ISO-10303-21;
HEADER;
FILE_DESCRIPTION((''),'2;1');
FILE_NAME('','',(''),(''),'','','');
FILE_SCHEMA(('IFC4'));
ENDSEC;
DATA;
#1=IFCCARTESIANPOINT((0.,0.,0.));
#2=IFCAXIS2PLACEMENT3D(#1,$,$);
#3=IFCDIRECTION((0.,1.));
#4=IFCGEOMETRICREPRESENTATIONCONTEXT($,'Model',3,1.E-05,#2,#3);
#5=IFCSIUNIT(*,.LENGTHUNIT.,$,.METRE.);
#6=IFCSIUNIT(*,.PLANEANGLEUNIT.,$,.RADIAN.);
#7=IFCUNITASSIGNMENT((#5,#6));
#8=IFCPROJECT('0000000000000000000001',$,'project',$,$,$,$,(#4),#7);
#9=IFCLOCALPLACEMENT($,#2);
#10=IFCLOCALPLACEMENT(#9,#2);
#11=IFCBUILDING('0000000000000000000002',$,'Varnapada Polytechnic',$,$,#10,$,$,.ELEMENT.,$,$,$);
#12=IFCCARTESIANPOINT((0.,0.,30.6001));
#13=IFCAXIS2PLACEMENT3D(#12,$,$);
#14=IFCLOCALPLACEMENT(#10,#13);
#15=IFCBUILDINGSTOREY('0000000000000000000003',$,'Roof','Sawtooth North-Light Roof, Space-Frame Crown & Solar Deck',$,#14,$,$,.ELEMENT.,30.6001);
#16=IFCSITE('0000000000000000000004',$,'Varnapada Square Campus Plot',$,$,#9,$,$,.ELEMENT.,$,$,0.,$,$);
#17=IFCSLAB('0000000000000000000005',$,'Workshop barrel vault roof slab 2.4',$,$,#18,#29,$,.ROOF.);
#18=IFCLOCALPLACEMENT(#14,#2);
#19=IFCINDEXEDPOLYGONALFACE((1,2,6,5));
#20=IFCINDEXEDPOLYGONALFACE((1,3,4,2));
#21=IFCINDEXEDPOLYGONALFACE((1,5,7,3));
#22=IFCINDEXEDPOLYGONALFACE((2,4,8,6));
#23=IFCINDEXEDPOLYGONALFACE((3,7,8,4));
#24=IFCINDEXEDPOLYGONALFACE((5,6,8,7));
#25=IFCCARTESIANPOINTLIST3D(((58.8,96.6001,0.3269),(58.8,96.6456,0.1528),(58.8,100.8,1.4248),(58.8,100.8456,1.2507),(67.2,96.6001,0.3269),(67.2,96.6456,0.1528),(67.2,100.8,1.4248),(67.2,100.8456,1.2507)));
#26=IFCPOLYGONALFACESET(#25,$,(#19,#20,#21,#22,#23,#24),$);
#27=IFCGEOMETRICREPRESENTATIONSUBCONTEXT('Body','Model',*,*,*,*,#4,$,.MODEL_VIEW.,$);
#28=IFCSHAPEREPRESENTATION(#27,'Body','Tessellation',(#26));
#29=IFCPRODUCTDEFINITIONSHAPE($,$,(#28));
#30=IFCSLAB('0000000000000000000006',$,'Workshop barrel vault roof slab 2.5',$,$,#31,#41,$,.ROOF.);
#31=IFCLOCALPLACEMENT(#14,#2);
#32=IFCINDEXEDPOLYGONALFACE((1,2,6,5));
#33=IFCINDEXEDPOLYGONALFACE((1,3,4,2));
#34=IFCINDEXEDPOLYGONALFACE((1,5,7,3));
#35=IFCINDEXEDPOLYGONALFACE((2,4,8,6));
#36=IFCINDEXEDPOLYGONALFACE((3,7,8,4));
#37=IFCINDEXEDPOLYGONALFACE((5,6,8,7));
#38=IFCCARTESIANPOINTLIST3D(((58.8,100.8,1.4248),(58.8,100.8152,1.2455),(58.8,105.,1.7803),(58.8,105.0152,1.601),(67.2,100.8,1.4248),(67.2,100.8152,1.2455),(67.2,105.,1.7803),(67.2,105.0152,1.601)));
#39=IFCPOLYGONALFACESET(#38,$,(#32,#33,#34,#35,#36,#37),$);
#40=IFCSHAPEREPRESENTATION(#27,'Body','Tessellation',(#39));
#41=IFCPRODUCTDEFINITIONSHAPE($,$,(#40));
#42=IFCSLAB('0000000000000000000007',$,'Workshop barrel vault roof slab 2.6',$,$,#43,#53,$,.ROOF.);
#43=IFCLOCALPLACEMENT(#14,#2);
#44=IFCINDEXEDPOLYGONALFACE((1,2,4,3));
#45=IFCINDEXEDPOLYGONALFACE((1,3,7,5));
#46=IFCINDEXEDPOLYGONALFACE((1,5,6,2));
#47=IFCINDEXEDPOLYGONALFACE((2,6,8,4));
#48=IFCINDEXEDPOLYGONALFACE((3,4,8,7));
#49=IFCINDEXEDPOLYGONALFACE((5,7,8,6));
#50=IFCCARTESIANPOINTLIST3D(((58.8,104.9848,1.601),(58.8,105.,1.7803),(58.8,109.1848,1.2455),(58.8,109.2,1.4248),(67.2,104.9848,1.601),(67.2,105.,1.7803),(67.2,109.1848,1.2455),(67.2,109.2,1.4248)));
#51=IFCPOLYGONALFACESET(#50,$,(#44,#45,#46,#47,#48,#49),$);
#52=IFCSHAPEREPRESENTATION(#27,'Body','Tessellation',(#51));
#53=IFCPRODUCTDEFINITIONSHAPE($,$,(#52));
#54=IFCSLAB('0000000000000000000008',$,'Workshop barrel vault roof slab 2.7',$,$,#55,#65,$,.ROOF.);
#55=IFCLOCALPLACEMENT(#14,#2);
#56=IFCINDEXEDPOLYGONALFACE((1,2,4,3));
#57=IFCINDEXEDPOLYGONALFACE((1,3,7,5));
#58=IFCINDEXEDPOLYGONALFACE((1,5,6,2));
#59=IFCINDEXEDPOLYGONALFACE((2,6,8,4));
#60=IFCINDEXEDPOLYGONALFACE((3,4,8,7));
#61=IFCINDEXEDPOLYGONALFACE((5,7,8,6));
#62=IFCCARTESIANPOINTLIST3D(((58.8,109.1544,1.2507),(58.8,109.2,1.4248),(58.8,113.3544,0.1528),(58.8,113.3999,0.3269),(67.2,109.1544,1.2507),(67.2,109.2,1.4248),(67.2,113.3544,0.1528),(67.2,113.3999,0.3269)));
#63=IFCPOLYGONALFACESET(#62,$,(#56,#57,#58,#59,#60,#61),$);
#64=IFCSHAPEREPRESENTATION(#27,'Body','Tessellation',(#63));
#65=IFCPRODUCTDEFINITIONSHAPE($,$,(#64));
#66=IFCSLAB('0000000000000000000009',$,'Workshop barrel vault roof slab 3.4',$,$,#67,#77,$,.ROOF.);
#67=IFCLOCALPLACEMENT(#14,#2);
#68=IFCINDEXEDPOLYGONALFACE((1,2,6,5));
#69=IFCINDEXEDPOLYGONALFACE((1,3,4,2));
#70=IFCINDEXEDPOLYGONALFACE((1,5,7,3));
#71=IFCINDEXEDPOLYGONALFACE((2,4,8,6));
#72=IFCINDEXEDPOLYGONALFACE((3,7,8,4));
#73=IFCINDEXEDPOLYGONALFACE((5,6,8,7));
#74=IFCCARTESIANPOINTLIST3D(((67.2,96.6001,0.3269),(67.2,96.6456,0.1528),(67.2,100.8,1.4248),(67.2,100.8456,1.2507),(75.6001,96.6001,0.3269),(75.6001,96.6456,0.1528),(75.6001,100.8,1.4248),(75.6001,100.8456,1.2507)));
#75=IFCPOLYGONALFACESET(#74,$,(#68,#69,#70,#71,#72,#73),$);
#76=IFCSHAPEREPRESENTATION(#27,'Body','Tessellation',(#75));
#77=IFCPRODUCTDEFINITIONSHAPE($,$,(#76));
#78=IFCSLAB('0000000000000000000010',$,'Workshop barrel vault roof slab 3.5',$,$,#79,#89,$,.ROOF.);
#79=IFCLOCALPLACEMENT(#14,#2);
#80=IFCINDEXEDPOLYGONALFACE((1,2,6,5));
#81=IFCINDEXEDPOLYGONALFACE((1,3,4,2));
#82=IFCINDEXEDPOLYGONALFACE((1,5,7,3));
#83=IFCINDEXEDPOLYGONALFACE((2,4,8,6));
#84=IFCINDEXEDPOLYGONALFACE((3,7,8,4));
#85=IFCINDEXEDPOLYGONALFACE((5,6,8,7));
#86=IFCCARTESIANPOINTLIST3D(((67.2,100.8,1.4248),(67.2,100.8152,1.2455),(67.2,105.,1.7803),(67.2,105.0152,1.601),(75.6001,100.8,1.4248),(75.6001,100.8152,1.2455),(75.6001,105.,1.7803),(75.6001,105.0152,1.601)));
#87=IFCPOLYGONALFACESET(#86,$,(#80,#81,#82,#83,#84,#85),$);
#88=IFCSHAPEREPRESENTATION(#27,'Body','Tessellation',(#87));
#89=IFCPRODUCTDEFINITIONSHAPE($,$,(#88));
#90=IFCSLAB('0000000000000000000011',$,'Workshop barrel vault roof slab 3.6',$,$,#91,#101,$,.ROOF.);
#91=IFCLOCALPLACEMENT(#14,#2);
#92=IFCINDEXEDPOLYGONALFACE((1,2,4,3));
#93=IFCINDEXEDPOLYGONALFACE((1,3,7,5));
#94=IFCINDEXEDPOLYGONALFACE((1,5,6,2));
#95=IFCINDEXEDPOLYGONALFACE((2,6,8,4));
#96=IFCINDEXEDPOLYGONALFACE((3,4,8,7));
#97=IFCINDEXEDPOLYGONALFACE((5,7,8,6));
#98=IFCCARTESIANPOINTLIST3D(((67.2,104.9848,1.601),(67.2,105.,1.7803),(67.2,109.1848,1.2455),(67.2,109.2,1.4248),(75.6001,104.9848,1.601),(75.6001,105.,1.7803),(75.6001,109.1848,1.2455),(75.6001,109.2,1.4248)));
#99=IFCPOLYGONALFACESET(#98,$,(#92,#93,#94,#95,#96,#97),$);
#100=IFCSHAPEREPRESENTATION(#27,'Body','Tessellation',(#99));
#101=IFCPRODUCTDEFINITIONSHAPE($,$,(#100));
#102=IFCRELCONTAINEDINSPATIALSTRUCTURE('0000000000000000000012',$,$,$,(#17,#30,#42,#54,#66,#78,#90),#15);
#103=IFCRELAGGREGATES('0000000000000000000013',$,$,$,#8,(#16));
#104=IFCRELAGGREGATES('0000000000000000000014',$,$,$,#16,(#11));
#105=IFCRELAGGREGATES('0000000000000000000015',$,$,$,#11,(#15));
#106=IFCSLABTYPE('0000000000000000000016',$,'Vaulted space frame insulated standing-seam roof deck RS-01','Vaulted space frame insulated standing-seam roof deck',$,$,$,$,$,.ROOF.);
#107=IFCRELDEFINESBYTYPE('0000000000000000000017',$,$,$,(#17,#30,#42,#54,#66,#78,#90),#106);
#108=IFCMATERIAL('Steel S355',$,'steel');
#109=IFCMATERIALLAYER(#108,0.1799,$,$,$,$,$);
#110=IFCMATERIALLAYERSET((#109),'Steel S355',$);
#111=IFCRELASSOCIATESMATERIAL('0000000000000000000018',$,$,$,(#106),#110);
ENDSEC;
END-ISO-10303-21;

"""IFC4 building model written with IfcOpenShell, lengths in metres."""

from ifc_helpers import new_model, si_unit, direction, frame, origin, place, context, subcontext, project, spatial, polyline, outline, extrude, material, layer, layer_set, type_object, element, save


model = new_model("IFC4")

# Units and contexts
model_context = context("Model", 3, precision=1e-05, world=origin(), true_north=direction((0.0, 1.0)))
body_context = subcontext(model_context, "Body", "Model", "MODEL_VIEW")
ifc_project = project(units=[si_unit("LENGTHUNIT", "METRE"), si_unit("PLANEANGLEUNIT", "RADIAN")], contexts=[model_context])

# Site, building, storey
site_placement = place(None, origin())
site = spatial("IfcSite", under=ifc_project, at=site_placement, Name="Varnapada Square Campus Plot", CompositionType="ELEMENT", RefElevation=0.0)
building_placement = place(site_placement, origin())
building = spatial("IfcBuilding", under=site, at=building_placement, Name="Varnapada Polytechnic", CompositionType="ELEMENT")
storey_placement = place(building_placement, frame((0.0, 0.0, 30.6001)))
storey = spatial("IfcBuildingStorey", under=building, at=storey_placement, Name="Roof", Description="Sawtooth North-Light Roof, Space-Frame Crown & Solar Deck", CompositionType="ELEMENT", Elevation=30.6001)

# Shared definitions
ifc_material = material(Name="Steel S355", Category="steel")

# Slabs
ifc_layer_1 = layer(ifc_material, 0.1799)
ifc_layer_set_1 = layer_set([ifc_layer_1], Name="Steel S355")
slab_type = type_object("IfcSlabType", Name="Vaulted space frame insulated standing-seam roof deck RS-01", Description="Vaulted space frame insulated standing-seam roof deck", PredefinedType="ROOF", material=ifc_layer_set_1)
slab_1_placement = place(storey_placement, frame((58.8, 96.6001, 0.3269), z_axis=(0.0, -0.25291, 0.96749), x_axis=(1.0, 0.0, 0.0)))
element("IfcSlab", 1, at=slab_1_placement, inside=storey, type_object=slab_type, Name="Workshop barrel vault roof slab 2.4", PredefinedType="ROOF", context=body_context, shape_type="SweptSolid", body=[
    extrude(outline(polyline([(0.0, 0.0), (8.3999, 0.0), (8.3999, 4.3411), (0.0, 4.3411), (0.0, 0.0)])), origin(), (0.0, 0.0, -1.0), 0.1799),
])
for number, where, z_axis, x_axis, name in (
    (2, (58.8, 100.8, 1.4248), (0.0, -0.084335, 0.996437), (1.0, 0.0, 0.0), "Workshop barrel vault roof slab 2.5"),
    (3, (58.8, 105.0, 1.7803), (0.0, 0.084335, 0.996437), (1.0, 0.0, 0.0), "Workshop barrel vault roof slab 2.6"),
):
    element("IfcSlab", number, at=place(storey_placement, frame(where, z_axis=z_axis, x_axis=x_axis)), inside=storey, type_object=slab_type, Name=name, PredefinedType="ROOF", context=body_context, shape_type="SweptSolid", body=[
        extrude(outline(polyline([(0.0, 0.0), (8.3999, 0.0), (8.3999, 4.215), (0.0, 4.215), (0.0, 0.0)])), origin(), (0.0, 0.0, -1.0), 0.1799),
    ])
slab_2_placement = place(storey_placement, frame((58.8, 109.2, 1.4248), z_axis=(0.0, 0.25291, 0.96749), x_axis=(1.0, 0.0, 0.0)))
element("IfcSlab", 4, at=slab_2_placement, inside=storey, type_object=slab_type, Name="Workshop barrel vault roof slab 2.7", PredefinedType="ROOF", context=body_context, shape_type="SweptSolid", body=[
    extrude(outline(polyline([(0.0, 0.0), (8.3999, 0.0), (8.3999, 4.3411), (0.0, 4.3411), (0.0, 0.0)])), origin(), (0.0, 0.0, -1.0), 0.1799),
])
slab_3_placement = place(storey_placement, frame((67.2, 96.6001, 0.3269), z_axis=(0.0, -0.25291, 0.96749), x_axis=(1.0, 0.0, 0.0)))
element("IfcSlab", 5, at=slab_3_placement, inside=storey, type_object=slab_type, Name="Workshop barrel vault roof slab 3.4", PredefinedType="ROOF", context=body_context, shape_type="SweptSolid", body=[
    extrude(outline(polyline([(0.0, 0.0), (8.4001, 0.0), (8.4001, 4.3411), (0.0, 4.3411), (0.0, 0.0)])), origin(), (0.0, 0.0, -1.0), 0.1799),
])
for number, where, z_axis, x_axis, name in (
    (6, (67.2, 100.8, 1.4248), (0.0, -0.084335, 0.996437), (1.0, 0.0, 0.0), "Workshop barrel vault roof slab 3.5"),
    (7, (67.2, 105.0, 1.7803), (0.0, 0.084335, 0.996437), (1.0, 0.0, 0.0), "Workshop barrel vault roof slab 3.6"),
):
    element("IfcSlab", number, at=place(storey_placement, frame(where, z_axis=z_axis, x_axis=x_axis)), inside=storey, type_object=slab_type, Name=name, PredefinedType="ROOF", context=body_context, shape_type="SweptSolid", body=[
        extrude(outline(polyline([(0.0, 0.0), (8.4001, 0.0), (8.4001, 4.215), (0.0, 4.215), (0.0, 0.0)])), origin(), (0.0, 0.0, -1.0), 0.1799),
    ])

save(model, "model.ifc")
